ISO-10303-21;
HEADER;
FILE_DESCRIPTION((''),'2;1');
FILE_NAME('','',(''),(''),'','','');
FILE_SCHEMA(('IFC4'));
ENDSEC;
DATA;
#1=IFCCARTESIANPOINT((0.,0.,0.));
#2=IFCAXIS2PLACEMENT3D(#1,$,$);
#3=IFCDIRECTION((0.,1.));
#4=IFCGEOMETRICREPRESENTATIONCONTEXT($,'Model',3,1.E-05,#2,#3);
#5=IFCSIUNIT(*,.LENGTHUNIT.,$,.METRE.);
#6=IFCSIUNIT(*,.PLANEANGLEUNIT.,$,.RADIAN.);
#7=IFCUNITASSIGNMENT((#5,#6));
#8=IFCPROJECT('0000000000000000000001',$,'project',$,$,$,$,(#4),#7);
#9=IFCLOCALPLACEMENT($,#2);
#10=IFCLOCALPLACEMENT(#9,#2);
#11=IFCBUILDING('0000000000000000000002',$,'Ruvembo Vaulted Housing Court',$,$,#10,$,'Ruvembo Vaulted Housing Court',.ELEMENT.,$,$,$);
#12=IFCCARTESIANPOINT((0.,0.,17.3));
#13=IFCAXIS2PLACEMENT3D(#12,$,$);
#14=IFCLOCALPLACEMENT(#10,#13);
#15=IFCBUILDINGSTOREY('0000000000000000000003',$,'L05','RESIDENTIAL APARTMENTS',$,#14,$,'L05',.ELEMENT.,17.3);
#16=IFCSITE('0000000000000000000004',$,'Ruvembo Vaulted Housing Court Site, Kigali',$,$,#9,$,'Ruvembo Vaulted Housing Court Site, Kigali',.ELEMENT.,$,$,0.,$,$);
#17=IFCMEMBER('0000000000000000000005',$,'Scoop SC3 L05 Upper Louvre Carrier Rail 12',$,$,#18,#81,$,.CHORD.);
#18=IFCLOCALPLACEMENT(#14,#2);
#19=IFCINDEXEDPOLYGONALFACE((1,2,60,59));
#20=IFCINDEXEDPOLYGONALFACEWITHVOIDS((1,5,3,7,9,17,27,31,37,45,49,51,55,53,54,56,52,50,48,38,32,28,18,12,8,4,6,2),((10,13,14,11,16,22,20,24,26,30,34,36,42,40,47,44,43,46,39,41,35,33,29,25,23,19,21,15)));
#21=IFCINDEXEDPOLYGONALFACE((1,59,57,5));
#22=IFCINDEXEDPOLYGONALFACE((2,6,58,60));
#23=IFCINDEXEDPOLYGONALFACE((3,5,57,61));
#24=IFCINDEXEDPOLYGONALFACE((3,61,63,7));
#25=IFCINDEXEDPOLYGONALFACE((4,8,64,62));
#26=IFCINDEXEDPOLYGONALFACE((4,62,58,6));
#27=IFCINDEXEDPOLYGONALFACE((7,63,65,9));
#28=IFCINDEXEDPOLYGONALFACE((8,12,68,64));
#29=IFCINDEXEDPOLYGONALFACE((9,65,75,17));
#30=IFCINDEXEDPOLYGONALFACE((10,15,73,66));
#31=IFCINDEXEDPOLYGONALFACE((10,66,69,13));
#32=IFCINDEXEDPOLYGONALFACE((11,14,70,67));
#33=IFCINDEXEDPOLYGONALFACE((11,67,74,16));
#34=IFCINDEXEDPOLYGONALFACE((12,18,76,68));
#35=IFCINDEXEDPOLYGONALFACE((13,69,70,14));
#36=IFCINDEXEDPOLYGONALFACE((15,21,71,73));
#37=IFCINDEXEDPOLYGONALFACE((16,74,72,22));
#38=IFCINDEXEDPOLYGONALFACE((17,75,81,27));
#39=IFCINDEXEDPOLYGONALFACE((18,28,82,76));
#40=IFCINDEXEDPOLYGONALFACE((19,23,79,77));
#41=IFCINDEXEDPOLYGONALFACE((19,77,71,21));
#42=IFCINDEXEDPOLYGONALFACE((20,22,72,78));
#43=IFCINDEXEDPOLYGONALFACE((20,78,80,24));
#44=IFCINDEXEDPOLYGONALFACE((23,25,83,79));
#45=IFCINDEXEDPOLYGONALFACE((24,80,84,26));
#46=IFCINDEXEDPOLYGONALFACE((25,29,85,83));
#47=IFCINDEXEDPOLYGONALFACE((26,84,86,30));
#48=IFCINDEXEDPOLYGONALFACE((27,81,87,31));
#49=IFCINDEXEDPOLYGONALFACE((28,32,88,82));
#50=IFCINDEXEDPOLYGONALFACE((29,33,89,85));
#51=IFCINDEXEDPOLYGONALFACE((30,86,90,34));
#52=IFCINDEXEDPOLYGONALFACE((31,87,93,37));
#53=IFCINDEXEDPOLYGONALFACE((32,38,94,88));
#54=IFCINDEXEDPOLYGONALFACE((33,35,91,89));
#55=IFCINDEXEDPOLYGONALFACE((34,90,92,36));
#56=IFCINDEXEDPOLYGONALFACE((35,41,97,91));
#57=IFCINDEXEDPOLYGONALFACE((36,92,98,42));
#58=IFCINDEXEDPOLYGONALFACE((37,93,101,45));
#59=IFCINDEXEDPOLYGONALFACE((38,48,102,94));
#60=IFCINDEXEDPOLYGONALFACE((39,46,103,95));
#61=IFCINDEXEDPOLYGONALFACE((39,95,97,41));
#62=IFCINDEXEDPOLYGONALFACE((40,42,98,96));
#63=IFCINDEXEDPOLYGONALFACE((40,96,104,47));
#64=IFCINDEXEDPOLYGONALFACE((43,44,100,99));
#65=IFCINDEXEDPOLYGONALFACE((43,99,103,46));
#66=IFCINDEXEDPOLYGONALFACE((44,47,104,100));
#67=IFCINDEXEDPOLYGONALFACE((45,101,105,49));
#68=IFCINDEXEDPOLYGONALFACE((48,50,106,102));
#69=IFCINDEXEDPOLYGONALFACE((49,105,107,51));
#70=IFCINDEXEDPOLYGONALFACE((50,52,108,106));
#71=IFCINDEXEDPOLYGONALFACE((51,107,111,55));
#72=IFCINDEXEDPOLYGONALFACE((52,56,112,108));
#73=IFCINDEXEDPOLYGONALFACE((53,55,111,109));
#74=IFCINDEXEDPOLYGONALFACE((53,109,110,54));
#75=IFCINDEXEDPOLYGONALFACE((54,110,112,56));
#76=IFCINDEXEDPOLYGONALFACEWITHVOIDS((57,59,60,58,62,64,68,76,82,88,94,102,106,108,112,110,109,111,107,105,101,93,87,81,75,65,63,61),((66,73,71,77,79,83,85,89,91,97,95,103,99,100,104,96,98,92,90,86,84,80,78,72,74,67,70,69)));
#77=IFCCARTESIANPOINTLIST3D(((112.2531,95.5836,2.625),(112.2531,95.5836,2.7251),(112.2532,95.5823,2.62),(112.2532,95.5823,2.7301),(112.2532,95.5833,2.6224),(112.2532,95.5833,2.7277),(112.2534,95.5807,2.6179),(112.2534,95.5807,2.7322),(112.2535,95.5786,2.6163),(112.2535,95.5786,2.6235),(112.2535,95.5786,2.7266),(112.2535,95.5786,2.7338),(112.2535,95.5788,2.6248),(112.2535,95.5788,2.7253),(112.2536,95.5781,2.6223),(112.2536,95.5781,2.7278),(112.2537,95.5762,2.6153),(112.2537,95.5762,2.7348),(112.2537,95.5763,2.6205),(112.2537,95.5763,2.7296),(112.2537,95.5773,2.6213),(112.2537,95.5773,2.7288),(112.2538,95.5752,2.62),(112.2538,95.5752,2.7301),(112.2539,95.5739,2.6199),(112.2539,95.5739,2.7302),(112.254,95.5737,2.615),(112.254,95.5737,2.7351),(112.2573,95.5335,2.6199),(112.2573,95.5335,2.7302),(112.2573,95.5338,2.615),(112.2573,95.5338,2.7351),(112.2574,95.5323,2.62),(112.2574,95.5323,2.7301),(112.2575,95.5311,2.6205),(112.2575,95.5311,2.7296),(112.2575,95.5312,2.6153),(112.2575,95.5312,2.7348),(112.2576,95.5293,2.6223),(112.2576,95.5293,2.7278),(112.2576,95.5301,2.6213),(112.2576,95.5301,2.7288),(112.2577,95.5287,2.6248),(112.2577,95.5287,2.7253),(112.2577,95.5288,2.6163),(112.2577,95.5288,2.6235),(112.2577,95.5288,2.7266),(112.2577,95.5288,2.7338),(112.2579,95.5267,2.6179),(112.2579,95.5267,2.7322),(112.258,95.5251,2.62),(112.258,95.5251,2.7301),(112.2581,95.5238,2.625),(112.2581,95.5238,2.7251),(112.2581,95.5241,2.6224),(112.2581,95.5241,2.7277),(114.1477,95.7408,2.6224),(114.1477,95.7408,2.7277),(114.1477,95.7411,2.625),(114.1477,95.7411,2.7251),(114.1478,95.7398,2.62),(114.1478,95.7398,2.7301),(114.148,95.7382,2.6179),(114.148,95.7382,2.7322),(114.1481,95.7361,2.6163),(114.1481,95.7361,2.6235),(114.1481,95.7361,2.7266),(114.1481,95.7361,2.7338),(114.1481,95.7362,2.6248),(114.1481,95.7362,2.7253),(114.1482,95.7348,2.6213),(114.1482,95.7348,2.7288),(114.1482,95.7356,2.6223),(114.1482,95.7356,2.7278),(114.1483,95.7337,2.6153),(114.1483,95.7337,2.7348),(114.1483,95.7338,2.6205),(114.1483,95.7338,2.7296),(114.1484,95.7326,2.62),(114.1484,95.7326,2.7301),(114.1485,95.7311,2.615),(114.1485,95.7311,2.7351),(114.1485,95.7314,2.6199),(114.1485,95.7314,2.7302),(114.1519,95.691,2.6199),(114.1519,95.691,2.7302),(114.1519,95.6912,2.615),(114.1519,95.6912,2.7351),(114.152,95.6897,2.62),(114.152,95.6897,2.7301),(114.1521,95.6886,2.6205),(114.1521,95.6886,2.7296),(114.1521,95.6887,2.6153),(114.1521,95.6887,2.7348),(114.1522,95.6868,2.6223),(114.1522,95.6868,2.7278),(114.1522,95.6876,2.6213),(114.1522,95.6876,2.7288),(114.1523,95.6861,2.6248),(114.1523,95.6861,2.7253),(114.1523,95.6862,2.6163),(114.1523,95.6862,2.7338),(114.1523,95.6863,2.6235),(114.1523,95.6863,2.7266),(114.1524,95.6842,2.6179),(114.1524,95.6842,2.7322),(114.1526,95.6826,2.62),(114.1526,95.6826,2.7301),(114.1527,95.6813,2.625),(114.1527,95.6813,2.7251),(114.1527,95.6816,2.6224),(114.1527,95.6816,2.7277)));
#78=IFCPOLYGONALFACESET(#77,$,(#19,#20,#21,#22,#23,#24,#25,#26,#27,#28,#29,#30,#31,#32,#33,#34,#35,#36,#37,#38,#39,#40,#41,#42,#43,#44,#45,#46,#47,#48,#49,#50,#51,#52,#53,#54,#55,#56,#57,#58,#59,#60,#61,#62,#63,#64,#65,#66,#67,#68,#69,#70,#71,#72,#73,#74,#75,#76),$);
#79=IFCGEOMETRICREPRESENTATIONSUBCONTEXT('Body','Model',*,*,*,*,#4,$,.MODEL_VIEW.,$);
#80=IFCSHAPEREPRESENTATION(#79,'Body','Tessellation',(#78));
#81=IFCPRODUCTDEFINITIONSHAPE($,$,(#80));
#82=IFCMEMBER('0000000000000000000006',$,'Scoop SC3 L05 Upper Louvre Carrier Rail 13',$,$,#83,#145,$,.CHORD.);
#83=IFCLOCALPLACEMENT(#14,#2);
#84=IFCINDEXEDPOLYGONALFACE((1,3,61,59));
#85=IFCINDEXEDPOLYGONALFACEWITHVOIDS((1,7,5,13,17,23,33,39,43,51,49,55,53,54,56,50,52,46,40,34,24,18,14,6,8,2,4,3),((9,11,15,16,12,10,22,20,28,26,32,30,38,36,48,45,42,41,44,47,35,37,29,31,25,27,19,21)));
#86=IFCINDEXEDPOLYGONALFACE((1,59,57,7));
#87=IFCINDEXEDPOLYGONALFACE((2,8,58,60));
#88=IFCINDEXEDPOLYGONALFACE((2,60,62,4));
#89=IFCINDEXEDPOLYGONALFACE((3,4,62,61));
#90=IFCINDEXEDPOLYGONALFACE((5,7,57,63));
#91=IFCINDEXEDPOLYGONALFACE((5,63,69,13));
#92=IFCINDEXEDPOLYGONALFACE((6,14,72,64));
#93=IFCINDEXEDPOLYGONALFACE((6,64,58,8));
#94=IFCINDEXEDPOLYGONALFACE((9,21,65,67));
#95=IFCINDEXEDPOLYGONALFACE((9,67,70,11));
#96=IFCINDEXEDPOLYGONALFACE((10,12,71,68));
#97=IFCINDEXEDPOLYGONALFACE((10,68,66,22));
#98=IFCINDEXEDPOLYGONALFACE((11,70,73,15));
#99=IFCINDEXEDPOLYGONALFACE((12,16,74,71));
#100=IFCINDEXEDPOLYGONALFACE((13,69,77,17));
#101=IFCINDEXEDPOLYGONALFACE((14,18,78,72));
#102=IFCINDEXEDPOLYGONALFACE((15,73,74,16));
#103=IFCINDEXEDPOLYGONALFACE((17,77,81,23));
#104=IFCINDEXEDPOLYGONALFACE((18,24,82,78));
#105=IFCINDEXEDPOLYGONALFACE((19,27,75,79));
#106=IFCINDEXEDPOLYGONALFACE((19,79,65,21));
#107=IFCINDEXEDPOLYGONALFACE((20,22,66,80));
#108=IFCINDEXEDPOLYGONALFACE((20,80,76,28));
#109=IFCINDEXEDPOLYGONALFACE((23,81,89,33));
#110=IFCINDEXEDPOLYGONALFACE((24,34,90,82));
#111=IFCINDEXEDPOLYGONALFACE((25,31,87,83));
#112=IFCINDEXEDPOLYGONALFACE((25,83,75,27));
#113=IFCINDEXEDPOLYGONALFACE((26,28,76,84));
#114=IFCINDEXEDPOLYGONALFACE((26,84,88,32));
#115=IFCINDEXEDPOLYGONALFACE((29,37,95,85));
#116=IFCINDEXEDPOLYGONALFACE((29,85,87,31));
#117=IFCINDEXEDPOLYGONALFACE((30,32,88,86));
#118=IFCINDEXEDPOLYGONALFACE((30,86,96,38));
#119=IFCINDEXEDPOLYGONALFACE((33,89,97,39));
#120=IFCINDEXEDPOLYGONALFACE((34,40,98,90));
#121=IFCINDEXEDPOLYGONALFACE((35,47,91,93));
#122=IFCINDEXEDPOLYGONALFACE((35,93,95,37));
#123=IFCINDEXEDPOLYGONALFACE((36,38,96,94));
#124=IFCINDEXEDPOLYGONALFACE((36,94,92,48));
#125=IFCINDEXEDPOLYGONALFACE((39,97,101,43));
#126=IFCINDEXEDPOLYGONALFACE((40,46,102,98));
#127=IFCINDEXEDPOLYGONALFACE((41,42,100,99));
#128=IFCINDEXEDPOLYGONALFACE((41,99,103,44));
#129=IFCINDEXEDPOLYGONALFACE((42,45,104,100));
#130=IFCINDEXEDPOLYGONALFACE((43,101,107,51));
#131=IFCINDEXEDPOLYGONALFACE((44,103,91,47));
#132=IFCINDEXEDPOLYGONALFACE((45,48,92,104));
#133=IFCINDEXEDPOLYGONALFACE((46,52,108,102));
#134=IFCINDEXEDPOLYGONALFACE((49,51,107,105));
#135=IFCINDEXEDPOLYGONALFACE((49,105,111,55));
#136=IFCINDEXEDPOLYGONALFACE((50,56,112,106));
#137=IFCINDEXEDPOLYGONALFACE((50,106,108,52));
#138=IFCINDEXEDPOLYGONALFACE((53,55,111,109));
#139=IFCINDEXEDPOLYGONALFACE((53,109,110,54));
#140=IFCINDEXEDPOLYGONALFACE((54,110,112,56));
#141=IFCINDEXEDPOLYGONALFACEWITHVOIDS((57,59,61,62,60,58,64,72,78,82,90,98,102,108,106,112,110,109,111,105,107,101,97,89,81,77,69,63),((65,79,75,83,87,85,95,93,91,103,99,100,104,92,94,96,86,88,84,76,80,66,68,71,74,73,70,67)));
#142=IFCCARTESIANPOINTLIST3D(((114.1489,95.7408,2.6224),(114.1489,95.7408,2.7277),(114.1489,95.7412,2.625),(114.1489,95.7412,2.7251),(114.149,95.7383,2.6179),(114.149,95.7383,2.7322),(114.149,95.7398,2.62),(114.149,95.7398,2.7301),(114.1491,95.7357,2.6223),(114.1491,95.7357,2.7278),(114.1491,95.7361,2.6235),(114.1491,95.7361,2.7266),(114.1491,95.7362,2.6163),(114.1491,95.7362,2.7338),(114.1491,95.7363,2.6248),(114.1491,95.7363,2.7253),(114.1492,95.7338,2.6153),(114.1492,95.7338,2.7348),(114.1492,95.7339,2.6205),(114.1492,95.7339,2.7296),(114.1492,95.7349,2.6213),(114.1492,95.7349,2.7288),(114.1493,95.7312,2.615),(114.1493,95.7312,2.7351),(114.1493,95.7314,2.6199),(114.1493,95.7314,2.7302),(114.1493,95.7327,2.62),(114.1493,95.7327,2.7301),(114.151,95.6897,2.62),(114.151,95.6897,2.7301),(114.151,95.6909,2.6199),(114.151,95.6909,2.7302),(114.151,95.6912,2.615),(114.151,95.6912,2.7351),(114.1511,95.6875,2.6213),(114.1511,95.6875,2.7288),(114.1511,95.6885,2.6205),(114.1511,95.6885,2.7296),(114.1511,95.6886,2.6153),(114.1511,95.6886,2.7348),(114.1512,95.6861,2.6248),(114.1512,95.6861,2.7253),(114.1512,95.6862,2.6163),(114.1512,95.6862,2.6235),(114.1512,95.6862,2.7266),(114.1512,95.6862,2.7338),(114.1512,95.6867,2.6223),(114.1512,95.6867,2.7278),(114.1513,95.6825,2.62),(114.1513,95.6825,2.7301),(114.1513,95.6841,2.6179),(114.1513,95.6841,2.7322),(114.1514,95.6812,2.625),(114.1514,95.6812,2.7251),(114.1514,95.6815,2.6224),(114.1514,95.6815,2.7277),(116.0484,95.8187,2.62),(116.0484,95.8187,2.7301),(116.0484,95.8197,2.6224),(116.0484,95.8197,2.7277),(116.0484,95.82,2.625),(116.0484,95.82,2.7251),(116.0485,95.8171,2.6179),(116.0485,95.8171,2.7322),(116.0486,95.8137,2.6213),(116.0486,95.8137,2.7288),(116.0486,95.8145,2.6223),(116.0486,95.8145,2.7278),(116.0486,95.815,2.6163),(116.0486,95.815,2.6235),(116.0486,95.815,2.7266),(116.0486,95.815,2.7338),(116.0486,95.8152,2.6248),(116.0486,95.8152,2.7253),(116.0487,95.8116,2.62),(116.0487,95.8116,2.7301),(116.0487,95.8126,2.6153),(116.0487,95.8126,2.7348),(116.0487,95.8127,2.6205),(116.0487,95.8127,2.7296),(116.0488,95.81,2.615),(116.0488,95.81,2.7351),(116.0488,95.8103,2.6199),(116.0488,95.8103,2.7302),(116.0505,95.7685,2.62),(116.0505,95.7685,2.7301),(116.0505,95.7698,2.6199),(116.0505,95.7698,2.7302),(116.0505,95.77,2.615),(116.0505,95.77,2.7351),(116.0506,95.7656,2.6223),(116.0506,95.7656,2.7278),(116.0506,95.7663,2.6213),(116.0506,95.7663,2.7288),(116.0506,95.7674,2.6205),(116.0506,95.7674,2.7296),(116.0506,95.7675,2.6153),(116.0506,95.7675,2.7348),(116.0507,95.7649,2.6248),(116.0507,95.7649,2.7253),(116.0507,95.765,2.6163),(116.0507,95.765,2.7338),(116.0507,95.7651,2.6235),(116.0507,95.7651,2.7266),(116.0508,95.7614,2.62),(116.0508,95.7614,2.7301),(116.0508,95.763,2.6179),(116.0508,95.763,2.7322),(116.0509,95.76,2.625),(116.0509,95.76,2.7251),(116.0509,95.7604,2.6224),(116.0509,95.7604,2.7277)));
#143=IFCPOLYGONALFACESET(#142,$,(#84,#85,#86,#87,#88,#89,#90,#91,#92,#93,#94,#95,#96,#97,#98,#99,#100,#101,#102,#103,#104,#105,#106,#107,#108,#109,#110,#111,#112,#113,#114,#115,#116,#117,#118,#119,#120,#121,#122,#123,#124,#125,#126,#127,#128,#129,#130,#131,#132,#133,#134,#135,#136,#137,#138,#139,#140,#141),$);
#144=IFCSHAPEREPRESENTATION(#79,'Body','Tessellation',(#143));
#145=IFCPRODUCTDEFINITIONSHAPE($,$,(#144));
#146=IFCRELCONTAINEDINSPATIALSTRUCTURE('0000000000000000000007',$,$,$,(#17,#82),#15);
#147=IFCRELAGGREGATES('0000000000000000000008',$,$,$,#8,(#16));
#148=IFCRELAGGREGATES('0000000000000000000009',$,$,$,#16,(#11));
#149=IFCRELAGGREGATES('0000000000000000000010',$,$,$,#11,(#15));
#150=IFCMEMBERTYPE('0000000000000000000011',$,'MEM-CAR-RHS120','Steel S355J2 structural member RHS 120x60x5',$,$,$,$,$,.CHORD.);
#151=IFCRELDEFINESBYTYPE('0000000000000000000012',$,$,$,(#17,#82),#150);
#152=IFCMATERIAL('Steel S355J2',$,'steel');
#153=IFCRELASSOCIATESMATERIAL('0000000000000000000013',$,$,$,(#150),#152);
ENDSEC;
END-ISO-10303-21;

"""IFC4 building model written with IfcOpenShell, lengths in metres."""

from ifc_helpers import new_model, si_unit, direction, frame, origin, origin_2d, place, context, subcontext, project, spatial, hollow_rectangle, extrude, material, material_profile, profile_set, type_object, element, save


model = new_model("IFC4")

# Units and contexts
model_context = context("Model", 3, precision=1e-05, world=origin(), true_north=direction((0.0, 1.0)))
body_context = subcontext(model_context, "Body", "Model", "MODEL_VIEW")
ifc_project = project(units=[si_unit("LENGTHUNIT", "METRE"), si_unit("PLANEANGLEUNIT", "RADIAN")], contexts=[model_context])

# Site, building, storey
site_placement = place(None, origin())
site = spatial("IfcSite", under=ifc_project, at=site_placement, Name="Ruvembo Vaulted Housing Court Site, Kigali", LongName="Ruvembo Vaulted Housing Court Site, Kigali", CompositionType="ELEMENT", RefElevation=0.0)
building_placement = place(site_placement, origin())
building = spatial("IfcBuilding", under=site, at=building_placement, Name="Ruvembo Vaulted Housing Court", LongName="Ruvembo Vaulted Housing Court", CompositionType="ELEMENT")
storey_placement = place(building_placement, frame((0.0, 0.0, 17.3)))
storey = spatial("IfcBuildingStorey", under=building, at=storey_placement, Name="L05", Description="RESIDENTIAL APARTMENTS", LongName="L05", CompositionType="ELEMENT", Elevation=17.3)

# Shared definitions
ifc_material_1 = material(Name="Steel S355J2", Category="steel")

# Members
ifc_material_profile_1 = material_profile(ifc_material_1, hollow_rectangle(XDim=0.0601, YDim=0.1201, WallThickness=0.0049, InnerFilletRadius=0.0049, OuterFilletRadius=0.01, at=origin_2d()), Name="RHS 120x60x5")
ifc_profile_set_1 = profile_set([ifc_material_profile_1], Name="Steel S355J2")
member_type_1 = type_object("IfcMemberType", Name="MEM-CAR-RHS120", Description="Steel S355J2 structural member RHS 120x60x5", PredefinedType="CHORD", material=ifc_profile_set_1)
for number, where, z_axis, x_axis, name in (
    (1, (112.2556, 95.5537, 2.675), (0.996563, 0.082833, 0.0), (-0.082833, 0.996563, 0.0), "Scoop SC3 L05 Upper Louvre Carrier Rail 12"),
    (2, (114.1501, 95.7112, 2.675), (0.999139, 0.041481, 0.0), (-0.041481, 0.999139, 0.0), "Scoop SC3 L05 Upper Louvre Carrier Rail 13"),
):
    element("IfcMember", number, at=place(storey_placement, frame(where, z_axis=z_axis, x_axis=x_axis)), inside=storey, type_object=member_type_1, Name=name, PredefinedType="CHORD", context=body_context, shape_type="SweptSolid", body=[
        extrude(hollow_rectangle(XDim=0.0601, YDim=0.1201, WallThickness=0.0049, InnerFilletRadius=0.0049, OuterFilletRadius=0.01, at=origin_2d()), origin(), (0.0, 0.0, 1.0), 1.9011),
    ])

save(model, "model.ifc")
